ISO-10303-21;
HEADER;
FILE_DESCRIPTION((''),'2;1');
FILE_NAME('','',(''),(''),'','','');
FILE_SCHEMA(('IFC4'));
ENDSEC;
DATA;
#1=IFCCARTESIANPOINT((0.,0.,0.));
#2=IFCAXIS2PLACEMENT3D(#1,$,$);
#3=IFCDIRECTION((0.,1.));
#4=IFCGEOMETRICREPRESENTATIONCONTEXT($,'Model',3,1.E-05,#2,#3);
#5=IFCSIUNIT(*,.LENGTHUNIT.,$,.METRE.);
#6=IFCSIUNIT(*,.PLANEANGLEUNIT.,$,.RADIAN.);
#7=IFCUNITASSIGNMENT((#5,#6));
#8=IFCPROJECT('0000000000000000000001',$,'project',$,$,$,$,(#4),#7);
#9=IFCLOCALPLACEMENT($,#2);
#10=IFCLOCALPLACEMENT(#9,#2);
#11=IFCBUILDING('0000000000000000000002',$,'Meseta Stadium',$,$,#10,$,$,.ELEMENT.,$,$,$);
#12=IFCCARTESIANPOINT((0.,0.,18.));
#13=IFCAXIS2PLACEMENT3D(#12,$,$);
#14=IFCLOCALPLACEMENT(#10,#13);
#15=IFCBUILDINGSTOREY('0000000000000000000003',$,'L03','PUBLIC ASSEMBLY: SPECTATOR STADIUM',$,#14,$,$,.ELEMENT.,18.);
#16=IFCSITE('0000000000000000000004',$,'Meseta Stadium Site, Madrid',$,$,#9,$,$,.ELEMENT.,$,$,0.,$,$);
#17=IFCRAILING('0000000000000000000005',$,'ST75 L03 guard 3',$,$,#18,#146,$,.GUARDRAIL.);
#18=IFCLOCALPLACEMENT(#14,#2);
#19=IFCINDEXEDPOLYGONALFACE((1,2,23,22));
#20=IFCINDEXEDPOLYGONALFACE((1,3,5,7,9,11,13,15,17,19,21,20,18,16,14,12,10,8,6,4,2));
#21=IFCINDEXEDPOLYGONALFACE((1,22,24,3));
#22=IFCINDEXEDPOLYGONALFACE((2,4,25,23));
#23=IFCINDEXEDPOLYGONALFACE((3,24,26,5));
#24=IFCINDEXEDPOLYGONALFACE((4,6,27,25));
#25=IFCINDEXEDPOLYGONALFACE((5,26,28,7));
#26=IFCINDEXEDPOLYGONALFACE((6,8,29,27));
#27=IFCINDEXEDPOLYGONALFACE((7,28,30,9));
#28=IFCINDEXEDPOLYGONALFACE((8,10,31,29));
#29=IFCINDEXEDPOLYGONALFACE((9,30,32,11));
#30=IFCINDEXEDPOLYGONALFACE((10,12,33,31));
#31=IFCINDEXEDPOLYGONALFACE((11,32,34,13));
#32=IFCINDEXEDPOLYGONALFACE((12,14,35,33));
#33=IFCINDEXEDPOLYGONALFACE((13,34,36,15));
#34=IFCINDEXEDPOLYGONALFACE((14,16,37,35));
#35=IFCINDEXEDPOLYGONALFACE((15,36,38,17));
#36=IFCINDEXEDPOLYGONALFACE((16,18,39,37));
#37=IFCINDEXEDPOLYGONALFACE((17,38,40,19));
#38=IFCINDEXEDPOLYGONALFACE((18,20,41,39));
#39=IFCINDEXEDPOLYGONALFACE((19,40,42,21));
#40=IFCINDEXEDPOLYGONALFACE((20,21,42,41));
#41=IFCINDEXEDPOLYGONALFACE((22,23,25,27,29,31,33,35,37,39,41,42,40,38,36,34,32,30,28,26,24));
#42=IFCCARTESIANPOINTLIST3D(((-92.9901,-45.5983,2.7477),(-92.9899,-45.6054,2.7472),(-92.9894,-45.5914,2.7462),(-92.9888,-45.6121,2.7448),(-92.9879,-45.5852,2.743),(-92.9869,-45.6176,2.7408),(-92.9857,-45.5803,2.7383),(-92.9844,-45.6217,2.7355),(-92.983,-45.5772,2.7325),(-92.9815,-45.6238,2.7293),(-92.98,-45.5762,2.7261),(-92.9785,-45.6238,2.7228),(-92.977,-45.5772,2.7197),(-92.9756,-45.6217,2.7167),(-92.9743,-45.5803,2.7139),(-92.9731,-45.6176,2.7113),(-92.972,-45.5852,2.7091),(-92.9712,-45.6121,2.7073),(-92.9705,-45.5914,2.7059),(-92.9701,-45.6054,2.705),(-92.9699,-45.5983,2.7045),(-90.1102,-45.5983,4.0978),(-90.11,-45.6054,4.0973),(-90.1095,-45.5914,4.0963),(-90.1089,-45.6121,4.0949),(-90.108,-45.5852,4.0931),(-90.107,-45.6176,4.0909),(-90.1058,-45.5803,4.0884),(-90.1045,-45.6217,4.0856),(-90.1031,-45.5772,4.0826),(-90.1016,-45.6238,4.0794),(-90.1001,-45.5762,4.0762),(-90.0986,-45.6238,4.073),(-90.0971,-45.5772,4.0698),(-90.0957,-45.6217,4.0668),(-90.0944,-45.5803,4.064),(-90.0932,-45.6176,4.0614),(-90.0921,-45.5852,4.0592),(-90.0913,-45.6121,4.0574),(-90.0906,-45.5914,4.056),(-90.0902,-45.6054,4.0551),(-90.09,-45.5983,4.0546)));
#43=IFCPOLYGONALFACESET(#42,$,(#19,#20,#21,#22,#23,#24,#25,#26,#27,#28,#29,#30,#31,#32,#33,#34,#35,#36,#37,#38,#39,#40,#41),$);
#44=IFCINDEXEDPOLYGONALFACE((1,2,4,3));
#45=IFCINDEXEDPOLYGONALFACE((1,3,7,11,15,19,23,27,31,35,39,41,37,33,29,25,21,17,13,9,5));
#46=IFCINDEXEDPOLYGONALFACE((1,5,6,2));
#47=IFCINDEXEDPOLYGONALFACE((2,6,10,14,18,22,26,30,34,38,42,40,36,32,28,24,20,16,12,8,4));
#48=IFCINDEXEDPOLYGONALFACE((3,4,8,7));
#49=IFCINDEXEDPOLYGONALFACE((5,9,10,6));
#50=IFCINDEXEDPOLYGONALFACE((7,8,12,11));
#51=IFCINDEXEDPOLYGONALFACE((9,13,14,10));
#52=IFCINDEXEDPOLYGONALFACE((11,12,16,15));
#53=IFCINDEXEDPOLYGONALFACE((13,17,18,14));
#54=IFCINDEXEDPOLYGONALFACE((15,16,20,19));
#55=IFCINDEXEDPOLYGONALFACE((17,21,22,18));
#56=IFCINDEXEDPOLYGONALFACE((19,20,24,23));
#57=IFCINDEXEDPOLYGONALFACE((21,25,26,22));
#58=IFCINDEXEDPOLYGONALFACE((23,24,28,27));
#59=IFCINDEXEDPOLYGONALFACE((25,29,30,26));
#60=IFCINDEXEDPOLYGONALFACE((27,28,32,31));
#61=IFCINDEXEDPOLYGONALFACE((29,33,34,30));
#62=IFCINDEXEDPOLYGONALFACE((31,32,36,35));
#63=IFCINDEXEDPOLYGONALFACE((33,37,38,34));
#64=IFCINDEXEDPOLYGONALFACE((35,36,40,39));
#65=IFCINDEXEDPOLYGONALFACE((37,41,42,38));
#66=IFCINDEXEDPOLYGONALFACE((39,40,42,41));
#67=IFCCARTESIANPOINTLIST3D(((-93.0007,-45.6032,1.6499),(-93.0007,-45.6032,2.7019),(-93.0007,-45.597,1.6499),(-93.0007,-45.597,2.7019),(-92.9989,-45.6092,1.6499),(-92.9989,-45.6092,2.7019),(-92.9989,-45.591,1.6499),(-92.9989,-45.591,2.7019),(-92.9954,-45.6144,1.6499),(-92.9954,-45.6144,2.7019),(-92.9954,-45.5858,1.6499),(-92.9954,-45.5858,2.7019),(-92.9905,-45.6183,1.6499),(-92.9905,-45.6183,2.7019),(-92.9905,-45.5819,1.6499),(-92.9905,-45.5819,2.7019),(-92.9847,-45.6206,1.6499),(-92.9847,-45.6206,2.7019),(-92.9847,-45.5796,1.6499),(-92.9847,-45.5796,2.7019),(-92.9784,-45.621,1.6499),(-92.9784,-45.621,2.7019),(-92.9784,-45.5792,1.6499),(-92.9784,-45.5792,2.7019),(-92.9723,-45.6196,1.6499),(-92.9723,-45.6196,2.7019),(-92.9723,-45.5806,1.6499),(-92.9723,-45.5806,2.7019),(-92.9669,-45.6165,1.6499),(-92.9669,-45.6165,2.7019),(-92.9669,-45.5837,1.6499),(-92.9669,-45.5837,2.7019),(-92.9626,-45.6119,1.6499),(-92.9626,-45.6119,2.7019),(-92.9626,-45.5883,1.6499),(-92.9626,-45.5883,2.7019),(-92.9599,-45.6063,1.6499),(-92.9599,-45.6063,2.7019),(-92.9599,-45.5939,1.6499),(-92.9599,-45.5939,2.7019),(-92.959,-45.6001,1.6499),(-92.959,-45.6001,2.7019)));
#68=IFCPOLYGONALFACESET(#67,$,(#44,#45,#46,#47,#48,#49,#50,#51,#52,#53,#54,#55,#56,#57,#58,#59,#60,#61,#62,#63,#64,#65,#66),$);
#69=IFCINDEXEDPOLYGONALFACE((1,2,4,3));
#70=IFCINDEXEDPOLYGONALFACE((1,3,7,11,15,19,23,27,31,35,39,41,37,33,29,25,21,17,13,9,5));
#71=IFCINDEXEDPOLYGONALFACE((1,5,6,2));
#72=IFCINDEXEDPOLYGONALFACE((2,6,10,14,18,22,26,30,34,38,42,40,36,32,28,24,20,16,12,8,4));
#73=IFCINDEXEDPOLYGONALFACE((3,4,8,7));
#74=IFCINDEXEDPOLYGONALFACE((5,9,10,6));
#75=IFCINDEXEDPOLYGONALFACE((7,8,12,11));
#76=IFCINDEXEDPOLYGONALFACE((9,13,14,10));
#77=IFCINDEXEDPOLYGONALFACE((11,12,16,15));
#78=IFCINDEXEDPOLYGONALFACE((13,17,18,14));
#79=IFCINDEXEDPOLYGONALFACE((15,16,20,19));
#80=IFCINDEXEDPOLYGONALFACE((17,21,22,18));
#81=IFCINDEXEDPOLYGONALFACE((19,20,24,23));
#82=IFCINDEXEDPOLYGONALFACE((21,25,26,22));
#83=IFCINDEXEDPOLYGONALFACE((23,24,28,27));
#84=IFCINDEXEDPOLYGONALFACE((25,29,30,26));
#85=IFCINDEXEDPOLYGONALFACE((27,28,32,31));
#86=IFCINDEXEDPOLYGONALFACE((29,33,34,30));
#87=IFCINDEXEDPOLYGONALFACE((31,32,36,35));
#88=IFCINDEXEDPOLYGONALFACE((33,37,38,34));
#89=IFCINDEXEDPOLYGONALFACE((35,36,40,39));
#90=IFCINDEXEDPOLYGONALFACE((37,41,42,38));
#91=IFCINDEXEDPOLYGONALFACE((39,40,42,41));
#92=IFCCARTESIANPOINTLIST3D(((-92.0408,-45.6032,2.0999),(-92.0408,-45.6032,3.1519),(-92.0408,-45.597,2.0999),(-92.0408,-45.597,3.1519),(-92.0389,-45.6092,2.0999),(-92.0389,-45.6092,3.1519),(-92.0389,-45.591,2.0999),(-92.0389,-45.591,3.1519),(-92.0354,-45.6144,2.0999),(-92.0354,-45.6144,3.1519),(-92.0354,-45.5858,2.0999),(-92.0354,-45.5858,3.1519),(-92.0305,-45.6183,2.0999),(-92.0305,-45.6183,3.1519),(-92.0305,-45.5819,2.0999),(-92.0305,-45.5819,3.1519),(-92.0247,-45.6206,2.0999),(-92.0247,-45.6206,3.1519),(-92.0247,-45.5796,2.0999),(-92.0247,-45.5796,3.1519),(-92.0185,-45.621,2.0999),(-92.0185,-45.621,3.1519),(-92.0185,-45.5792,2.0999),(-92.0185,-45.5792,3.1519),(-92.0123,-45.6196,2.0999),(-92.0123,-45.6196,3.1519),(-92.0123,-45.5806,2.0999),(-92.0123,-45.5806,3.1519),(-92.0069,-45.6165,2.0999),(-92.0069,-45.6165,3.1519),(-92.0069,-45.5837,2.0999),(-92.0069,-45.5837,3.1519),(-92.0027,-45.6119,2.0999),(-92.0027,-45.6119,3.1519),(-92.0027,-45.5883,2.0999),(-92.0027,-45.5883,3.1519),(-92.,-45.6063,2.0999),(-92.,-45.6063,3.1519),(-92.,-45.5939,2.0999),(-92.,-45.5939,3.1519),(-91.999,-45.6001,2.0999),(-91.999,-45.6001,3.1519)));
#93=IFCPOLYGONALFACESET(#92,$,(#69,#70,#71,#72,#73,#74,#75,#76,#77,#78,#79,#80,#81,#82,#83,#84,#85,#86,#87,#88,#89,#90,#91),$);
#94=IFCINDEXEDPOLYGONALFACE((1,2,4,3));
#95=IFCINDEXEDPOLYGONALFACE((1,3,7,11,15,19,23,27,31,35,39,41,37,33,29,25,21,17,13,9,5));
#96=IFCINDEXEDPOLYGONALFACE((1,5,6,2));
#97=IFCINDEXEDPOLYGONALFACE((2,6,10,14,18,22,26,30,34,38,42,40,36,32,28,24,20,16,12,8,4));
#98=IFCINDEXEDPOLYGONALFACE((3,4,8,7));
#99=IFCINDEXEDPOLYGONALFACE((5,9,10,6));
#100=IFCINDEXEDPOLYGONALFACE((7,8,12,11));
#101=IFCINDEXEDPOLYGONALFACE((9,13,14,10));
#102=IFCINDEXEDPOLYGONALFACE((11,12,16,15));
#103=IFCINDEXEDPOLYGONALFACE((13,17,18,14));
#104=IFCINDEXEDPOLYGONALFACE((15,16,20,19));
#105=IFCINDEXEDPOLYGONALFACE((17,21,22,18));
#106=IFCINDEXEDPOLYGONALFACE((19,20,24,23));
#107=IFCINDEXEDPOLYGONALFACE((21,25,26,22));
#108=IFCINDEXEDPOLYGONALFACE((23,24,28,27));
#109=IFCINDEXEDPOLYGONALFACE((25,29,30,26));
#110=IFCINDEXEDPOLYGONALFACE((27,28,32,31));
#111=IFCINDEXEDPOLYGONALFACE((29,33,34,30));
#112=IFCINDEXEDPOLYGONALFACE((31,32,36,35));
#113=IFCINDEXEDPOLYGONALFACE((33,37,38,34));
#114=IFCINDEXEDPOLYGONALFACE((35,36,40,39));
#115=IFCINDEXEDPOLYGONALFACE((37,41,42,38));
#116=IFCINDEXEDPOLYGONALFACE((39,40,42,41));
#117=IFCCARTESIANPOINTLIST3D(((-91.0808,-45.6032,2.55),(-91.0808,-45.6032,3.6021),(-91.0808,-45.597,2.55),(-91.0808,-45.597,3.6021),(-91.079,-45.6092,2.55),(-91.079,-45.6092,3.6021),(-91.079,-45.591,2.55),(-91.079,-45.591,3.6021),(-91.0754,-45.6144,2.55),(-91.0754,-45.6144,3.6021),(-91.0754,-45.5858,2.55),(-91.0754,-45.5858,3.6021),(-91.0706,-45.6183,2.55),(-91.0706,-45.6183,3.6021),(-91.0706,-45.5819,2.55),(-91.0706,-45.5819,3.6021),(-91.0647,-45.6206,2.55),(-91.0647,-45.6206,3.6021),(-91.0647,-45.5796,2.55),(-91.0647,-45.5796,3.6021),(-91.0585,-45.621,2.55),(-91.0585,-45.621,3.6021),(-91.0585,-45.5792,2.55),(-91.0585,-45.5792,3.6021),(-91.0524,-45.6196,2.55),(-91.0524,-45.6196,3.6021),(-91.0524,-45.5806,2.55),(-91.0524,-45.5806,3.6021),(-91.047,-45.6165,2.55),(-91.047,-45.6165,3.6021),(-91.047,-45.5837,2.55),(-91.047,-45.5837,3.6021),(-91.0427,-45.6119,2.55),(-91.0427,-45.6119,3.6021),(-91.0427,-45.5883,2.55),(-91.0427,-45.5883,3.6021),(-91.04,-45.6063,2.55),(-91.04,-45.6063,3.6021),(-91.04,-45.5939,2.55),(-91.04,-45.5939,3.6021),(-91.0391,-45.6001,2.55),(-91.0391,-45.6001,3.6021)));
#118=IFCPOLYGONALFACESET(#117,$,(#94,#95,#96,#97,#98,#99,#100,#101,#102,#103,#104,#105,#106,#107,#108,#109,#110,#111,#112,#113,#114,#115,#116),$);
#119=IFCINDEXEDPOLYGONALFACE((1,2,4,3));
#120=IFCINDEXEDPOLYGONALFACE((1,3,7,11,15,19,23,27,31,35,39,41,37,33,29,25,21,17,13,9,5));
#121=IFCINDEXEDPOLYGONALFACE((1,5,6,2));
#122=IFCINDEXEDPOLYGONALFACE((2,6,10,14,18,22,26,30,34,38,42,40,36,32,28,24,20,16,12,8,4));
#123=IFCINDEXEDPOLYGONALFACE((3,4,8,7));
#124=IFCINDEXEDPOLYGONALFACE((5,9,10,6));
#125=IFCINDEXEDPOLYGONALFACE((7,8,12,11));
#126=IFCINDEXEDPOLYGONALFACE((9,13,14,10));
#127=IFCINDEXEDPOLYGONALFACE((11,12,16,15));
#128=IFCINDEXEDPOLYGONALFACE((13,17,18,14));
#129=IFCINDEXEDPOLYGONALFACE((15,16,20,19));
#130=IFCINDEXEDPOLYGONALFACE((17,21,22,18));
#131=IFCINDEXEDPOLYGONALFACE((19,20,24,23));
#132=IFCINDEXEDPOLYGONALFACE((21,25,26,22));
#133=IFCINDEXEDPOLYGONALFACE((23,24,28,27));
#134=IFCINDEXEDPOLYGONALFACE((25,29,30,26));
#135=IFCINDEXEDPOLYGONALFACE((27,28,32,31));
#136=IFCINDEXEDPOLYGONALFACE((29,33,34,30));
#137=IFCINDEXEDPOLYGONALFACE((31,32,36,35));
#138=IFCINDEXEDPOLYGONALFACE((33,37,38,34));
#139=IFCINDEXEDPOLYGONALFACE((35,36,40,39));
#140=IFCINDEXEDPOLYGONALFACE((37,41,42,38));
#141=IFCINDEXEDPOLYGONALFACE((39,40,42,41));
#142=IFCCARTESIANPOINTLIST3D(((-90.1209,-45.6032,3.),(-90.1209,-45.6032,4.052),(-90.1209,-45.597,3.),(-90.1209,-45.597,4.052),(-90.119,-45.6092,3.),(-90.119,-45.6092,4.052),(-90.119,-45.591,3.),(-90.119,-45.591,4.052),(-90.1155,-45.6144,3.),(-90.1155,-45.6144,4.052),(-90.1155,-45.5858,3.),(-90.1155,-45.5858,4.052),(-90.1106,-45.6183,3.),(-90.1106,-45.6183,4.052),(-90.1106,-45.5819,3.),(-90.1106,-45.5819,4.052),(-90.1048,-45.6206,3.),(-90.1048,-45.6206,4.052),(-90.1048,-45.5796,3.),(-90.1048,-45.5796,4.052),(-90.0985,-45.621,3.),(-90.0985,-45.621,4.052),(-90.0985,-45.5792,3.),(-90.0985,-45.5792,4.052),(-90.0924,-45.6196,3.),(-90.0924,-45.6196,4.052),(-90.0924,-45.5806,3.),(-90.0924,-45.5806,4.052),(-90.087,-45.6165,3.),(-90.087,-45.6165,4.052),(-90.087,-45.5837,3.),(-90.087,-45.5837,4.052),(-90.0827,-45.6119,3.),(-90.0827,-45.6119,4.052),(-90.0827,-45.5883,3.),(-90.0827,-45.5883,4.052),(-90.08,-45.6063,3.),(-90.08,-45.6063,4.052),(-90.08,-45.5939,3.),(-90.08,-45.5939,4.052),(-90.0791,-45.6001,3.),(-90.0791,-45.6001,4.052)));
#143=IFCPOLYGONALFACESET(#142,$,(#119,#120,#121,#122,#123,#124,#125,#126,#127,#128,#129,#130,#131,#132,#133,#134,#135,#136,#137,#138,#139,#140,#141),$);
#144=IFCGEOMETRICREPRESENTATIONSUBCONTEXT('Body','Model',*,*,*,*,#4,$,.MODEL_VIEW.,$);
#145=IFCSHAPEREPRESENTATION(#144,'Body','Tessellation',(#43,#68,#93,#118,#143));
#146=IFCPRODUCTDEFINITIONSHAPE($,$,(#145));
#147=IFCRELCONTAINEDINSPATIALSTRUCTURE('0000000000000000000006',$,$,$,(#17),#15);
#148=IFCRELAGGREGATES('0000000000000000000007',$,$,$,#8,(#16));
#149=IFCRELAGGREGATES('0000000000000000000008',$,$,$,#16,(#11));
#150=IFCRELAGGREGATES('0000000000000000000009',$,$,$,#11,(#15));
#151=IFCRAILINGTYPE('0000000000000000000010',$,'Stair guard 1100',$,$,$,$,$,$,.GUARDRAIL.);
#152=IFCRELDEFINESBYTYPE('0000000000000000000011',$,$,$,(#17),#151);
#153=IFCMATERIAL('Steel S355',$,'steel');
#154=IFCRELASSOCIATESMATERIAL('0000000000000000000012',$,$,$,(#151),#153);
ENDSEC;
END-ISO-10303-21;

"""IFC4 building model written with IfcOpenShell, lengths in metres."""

from ifc_helpers import new_model, si_unit, direction, frame, origin, origin_2d, place, context, subcontext, project, spatial, circle, extrude, material, type_object, element, save


model = new_model("IFC4")

# Units and contexts
model_context = context("Model", 3, precision=1e-05, world=origin(), true_north=direction((0.0, 1.0)))
body_context = subcontext(model_context, "Body", "Model", "MODEL_VIEW")
ifc_project = project(units=[si_unit("LENGTHUNIT", "METRE"), si_unit("PLANEANGLEUNIT", "RADIAN")], contexts=[model_context])

# Site, building, storey
site_placement = place(None, origin())
site = spatial("IfcSite", under=ifc_project, at=site_placement, Name="Meseta Stadium Site, Madrid", CompositionType="ELEMENT", RefElevation=0.0)
building_placement = place(site_placement, origin())
building = spatial("IfcBuilding", under=site, at=building_placement, Name="Meseta Stadium", CompositionType="ELEMENT")
storey_placement = place(building_placement, frame((0.0, 0.0, 18.0)))
storey = spatial("IfcBuildingStorey", under=building, at=storey_placement, Name="L03", Description="PUBLIC ASSEMBLY: SPECTATOR STADIUM", CompositionType="ELEMENT", Elevation=18.0)

# Railing
ifc_material_1 = material(Name="Steel S355", Category="steel")
railing_type_1 = type_object("IfcRailingType", Name="Stair guard 1100", PredefinedType="GUARDRAIL", material=ifc_material_1)
for number, where, name in (
    (1, (-92.98, -45.6001, 1.6499), "ST75 L03 guard 3"),
):
    element("IfcRailing", number, at=place(storey_placement, frame(where)), inside=storey, type_object=railing_type_1, Name=name, PredefinedType="GUARDRAIL", context=body_context, shape_type="SweptSolid", body=[
        extrude(circle(Radius=0.0239, at=origin_2d()), frame((0.0, 0.0, 1.0762), z_axis=(0.90544, 0.0, 0.424473), x_axis=(0.0, 1.0, 0.0)), (0.0, 0.0, 1.0), 3.1807),
        extrude(circle(Radius=0.021, at=origin_2d()), origin(), (0.0, 0.0, 1.0), 1.052),
        extrude(circle(Radius=0.021, at=origin_2d()), frame((0.96, 0.0, 0.45)), (0.0, 0.0, 1.0), 1.052),
        extrude(circle(Radius=0.021, at=origin_2d()), frame((1.9199, 0.0, 0.9001)), (0.0, 0.0, 1.0), 1.052),
        extrude(circle(Radius=0.021, at=origin_2d()), frame((2.8799, 0.0, 1.3501)), (0.0, 0.0, 1.0), 1.052),
    ])

save(model, "model.ifc")
